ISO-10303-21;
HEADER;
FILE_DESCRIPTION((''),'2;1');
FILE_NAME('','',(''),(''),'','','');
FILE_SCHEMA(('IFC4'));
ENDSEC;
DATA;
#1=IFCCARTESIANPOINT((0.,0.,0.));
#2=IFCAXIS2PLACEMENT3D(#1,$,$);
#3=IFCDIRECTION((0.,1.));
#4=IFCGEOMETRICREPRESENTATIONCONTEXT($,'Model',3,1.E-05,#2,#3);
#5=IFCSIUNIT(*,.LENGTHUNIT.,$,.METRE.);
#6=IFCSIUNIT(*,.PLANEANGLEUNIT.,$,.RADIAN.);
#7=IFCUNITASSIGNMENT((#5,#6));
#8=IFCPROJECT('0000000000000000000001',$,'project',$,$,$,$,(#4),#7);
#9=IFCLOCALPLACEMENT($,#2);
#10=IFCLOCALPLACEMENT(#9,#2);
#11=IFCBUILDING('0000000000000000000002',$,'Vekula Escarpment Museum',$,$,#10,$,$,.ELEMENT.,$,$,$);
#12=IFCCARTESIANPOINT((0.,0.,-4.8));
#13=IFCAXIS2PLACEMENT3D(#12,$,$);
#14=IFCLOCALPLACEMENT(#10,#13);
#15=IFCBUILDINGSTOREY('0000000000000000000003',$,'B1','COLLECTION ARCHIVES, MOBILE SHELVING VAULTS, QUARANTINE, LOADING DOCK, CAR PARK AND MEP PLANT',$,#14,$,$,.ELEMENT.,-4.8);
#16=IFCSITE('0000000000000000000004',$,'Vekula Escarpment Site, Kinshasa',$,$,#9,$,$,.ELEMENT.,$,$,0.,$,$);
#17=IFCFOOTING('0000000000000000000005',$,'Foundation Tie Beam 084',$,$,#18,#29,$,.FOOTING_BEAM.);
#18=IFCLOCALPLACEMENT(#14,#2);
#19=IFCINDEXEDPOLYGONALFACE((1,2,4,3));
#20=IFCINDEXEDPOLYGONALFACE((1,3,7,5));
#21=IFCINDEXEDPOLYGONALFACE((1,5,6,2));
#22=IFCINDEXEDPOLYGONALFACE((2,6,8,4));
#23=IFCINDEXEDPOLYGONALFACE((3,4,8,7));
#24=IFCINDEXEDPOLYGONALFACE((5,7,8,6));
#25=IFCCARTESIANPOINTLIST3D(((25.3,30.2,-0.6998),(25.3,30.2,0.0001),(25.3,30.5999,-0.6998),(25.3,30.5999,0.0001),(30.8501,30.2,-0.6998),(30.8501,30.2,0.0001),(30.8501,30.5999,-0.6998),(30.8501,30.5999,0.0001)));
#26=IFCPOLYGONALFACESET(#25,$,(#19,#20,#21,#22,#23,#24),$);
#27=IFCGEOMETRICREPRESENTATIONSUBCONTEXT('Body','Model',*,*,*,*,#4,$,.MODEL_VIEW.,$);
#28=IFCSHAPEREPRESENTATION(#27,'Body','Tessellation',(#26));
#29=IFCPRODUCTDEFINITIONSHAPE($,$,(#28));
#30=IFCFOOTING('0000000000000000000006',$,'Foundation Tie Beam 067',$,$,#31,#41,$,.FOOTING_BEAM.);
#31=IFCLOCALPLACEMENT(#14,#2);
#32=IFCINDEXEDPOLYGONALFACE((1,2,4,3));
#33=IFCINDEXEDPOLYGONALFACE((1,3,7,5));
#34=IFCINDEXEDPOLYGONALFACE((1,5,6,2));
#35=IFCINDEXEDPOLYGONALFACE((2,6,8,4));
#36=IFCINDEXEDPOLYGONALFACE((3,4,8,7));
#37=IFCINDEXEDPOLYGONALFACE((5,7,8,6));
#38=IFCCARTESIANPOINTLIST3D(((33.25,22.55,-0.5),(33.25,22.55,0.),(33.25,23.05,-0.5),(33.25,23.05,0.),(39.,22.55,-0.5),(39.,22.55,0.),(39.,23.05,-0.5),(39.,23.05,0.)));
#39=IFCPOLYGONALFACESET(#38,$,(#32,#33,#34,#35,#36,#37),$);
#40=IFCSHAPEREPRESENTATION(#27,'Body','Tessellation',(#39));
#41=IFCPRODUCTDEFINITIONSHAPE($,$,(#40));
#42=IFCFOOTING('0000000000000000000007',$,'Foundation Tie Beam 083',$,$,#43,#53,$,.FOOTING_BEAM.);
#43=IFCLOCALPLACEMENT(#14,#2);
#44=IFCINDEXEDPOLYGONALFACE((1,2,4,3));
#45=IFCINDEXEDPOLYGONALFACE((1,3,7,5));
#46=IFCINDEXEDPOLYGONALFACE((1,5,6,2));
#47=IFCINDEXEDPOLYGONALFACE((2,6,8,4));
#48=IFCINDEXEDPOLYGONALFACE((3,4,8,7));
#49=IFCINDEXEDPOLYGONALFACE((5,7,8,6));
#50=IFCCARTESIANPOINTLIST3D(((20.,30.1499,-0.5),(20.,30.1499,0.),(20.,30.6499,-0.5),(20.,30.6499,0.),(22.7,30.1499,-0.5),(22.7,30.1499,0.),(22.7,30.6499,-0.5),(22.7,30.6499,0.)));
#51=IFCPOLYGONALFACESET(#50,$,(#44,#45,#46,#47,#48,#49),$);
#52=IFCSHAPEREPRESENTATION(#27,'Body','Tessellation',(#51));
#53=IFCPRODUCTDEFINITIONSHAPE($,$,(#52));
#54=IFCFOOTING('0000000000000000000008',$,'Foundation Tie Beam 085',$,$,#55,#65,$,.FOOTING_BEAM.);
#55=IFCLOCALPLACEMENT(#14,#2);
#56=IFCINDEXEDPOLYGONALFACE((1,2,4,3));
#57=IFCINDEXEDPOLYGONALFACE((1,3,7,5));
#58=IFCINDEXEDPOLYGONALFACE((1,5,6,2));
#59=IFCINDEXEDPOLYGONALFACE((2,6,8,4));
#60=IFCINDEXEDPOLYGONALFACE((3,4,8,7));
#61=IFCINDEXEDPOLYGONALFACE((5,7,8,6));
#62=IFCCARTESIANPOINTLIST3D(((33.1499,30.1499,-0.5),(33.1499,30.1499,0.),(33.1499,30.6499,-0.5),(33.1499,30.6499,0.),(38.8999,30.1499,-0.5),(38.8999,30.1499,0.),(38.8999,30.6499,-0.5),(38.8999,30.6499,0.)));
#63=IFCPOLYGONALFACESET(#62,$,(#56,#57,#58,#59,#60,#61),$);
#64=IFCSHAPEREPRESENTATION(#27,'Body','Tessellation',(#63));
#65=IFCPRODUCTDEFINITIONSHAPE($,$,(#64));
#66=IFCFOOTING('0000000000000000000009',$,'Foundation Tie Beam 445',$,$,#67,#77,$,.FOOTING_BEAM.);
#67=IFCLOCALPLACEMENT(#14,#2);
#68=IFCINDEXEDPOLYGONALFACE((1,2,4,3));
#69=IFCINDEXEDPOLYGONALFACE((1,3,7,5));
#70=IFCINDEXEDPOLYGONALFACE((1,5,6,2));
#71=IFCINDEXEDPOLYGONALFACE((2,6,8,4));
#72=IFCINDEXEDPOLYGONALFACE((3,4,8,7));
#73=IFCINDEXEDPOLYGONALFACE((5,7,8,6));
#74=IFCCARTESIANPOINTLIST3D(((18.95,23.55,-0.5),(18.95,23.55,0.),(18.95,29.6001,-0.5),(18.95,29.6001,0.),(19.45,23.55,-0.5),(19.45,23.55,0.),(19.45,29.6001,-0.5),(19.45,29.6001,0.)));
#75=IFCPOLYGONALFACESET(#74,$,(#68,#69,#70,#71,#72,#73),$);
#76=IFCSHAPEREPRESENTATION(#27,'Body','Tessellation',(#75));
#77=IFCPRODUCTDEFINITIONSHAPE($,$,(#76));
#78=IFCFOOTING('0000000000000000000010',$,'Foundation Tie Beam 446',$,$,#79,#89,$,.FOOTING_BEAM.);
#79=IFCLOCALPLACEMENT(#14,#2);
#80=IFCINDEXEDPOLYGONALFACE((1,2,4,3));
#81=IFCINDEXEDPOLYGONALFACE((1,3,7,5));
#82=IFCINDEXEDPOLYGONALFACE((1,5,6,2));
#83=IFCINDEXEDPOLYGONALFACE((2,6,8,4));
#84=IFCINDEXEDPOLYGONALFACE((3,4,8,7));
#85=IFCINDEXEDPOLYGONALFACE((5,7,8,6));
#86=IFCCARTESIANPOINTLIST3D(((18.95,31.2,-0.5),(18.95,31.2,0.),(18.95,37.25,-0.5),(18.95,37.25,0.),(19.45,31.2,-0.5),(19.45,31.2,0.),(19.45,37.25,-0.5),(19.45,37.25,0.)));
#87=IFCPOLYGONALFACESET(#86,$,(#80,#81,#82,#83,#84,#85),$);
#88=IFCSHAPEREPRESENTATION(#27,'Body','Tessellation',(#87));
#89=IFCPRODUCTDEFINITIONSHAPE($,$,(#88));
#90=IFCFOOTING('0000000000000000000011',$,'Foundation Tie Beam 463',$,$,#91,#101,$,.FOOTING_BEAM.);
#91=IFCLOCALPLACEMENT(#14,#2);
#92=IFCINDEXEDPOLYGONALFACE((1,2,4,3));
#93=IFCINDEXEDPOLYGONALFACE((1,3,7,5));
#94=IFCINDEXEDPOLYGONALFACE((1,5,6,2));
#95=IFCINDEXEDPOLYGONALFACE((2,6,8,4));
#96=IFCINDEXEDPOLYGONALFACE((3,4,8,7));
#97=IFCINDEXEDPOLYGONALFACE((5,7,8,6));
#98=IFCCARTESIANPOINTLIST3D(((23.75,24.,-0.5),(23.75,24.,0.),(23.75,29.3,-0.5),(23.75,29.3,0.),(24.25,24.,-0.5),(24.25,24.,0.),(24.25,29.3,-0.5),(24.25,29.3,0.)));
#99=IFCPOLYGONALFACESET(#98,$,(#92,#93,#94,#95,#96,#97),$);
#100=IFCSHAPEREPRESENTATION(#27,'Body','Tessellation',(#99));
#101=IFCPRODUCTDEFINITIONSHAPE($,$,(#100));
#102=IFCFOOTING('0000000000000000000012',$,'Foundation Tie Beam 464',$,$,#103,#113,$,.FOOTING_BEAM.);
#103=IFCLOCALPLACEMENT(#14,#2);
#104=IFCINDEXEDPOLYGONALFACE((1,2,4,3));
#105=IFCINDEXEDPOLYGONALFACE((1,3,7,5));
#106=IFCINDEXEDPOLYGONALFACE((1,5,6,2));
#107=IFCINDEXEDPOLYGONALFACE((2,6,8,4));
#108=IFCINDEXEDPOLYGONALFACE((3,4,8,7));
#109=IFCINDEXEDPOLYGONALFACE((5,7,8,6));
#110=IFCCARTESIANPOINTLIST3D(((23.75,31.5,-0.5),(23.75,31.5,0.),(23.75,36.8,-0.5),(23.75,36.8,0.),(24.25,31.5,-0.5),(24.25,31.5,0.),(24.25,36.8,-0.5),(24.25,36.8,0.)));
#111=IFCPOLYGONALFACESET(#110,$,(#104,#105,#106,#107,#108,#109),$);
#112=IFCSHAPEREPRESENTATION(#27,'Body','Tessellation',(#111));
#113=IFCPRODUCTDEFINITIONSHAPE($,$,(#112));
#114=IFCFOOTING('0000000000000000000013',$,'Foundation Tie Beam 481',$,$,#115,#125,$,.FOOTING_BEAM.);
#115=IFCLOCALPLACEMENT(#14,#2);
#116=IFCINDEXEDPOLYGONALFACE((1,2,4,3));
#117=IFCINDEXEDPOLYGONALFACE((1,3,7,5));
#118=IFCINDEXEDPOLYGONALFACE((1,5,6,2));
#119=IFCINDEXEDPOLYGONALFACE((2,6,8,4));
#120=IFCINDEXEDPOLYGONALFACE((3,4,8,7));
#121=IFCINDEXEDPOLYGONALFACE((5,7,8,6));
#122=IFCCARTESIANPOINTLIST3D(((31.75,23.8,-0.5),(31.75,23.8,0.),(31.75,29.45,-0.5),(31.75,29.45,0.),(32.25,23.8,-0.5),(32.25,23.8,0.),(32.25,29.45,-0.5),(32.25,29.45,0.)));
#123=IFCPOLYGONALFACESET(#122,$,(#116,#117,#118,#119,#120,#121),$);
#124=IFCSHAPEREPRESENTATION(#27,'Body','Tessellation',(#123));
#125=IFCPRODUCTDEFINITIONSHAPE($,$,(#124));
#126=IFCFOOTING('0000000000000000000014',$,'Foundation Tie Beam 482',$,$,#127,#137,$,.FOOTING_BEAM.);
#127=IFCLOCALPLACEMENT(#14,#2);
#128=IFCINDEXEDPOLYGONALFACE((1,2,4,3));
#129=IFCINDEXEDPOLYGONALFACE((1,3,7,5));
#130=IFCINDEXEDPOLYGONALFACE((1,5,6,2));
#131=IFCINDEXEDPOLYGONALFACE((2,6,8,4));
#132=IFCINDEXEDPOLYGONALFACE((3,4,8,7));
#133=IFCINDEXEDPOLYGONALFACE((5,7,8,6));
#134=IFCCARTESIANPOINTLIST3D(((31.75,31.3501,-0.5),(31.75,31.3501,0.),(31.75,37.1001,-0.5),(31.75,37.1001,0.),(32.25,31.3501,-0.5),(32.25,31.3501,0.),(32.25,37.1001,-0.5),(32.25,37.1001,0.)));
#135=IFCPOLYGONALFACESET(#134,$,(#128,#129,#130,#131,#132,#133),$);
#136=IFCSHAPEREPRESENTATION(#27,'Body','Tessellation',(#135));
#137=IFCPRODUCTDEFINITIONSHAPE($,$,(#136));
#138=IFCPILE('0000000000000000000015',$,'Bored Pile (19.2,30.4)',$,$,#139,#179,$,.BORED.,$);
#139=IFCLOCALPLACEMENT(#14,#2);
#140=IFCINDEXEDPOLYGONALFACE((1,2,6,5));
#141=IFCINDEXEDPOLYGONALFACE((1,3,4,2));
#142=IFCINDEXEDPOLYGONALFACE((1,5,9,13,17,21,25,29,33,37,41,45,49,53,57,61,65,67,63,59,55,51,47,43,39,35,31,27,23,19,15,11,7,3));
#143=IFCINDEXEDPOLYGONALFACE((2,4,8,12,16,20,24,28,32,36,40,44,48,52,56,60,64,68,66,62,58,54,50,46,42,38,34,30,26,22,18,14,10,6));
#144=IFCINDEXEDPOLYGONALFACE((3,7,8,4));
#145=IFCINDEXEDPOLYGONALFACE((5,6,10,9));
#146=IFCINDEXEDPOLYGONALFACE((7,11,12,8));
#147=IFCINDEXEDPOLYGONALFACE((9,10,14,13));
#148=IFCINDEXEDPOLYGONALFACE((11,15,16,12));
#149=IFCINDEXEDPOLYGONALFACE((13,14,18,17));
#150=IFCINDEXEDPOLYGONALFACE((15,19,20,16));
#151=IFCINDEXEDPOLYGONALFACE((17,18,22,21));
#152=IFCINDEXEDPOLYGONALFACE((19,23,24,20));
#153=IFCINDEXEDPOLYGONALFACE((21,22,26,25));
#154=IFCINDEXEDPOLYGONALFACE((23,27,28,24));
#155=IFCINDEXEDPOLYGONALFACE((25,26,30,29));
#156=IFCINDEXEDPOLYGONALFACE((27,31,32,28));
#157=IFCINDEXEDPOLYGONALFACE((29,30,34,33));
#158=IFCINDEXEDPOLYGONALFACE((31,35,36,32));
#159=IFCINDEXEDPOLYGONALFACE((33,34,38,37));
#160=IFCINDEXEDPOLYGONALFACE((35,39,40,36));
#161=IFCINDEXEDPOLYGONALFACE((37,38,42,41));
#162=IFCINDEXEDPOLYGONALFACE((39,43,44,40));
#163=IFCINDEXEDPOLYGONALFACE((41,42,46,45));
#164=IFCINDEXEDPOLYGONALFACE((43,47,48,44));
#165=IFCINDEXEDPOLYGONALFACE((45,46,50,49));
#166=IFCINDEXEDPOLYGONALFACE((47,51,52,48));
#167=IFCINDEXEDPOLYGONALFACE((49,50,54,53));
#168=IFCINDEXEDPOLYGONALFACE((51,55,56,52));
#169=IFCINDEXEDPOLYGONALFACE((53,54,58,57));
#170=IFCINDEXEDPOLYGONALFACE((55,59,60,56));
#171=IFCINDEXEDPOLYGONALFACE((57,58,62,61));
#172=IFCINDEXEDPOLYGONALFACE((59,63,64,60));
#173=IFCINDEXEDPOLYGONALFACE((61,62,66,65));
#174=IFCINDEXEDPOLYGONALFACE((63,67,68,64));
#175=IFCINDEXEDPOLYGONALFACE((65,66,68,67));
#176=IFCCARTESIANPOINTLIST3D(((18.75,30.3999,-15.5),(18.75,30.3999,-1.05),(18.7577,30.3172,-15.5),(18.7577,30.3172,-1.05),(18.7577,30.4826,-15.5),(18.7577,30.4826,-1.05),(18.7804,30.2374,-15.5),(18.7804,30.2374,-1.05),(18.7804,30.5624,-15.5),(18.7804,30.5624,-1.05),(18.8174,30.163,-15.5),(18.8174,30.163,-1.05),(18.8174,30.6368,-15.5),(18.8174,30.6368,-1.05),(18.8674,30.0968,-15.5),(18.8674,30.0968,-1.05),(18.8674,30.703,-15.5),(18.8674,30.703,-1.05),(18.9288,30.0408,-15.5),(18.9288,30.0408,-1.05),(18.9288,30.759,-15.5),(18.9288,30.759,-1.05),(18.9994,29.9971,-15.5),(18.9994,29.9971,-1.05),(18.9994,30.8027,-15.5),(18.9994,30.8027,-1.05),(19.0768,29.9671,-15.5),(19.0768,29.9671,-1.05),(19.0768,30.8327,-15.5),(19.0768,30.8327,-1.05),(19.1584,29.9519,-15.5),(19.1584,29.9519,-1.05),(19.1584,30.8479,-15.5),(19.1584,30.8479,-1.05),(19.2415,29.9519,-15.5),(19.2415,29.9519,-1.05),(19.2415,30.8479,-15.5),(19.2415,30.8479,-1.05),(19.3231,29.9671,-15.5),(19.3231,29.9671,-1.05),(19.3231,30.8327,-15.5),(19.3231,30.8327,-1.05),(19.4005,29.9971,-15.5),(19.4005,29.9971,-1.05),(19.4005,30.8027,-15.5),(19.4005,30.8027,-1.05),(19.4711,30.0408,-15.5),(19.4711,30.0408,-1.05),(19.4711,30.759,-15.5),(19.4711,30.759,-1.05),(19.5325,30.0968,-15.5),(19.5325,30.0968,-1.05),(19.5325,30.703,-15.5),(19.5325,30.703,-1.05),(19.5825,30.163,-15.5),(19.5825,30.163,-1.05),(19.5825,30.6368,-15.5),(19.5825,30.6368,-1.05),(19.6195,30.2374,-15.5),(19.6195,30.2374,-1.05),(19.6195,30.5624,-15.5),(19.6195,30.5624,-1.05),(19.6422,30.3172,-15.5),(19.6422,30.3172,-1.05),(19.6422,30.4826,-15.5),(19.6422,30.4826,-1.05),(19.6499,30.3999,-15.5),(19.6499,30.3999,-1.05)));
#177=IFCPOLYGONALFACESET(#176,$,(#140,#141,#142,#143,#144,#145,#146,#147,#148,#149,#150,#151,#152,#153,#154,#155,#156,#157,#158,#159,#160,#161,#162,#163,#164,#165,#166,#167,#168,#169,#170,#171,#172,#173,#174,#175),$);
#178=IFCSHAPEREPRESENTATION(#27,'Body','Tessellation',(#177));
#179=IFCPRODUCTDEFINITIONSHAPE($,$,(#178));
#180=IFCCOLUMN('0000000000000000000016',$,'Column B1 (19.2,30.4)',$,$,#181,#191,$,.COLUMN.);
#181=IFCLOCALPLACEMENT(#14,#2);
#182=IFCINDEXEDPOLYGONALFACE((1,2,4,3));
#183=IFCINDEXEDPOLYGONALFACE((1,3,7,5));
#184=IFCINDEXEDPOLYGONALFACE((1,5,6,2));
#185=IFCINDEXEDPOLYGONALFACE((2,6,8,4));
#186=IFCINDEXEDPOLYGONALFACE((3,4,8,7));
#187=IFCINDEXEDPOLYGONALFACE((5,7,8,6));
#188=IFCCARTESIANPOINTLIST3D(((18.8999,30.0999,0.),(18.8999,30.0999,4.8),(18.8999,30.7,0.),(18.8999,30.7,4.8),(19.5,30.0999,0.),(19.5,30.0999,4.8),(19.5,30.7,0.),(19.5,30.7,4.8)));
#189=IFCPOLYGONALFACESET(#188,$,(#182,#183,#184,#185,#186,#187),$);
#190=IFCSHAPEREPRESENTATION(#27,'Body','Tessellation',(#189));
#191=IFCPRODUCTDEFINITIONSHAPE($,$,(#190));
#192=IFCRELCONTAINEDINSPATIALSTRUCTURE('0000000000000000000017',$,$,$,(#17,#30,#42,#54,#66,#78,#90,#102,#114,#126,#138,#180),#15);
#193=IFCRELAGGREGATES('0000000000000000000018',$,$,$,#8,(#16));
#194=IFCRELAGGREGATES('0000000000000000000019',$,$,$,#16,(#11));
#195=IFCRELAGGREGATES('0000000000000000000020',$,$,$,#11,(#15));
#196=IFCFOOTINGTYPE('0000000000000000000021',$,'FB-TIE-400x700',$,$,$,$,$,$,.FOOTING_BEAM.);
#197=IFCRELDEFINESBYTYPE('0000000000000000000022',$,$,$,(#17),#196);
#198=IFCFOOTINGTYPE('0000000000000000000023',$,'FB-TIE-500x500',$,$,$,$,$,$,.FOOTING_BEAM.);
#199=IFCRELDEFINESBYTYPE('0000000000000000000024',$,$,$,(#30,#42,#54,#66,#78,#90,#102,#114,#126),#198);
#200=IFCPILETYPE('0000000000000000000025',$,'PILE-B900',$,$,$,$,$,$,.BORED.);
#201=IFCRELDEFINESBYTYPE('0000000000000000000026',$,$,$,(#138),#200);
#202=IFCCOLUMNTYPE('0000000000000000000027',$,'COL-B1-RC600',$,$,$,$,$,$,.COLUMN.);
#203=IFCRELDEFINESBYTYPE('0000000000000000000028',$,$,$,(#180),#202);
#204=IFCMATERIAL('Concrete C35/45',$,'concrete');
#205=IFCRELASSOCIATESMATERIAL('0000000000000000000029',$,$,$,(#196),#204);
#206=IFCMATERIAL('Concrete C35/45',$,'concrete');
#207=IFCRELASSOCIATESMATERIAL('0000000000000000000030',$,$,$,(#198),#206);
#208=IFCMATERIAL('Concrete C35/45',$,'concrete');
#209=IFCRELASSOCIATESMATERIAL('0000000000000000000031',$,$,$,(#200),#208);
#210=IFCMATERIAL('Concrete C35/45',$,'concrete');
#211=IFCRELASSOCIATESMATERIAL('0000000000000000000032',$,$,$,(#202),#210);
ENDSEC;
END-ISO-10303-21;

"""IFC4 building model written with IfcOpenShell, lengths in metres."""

from ifc_helpers import new_model, si_unit, direction, frame, origin, origin_2d, place, context, subcontext, project, spatial, rectangle, circle, extrude, material, material_profile, profile_set, type_object, element, save


model = new_model("IFC4")

# Units and contexts
model_context = context("Model", 3, precision=1e-05, world=origin(), true_north=direction((0.0, 1.0)))
body_context = subcontext(model_context, "Body", "Model", "MODEL_VIEW")
ifc_project = project(units=[si_unit("LENGTHUNIT", "METRE"), si_unit("PLANEANGLEUNIT", "RADIAN")], contexts=[model_context])

# Site, building, storey
site_placement = place(None, origin())
site = spatial("IfcSite", under=ifc_project, at=site_placement, Name="Vekula Escarpment Site, Kinshasa", CompositionType="ELEMENT", RefElevation=0.0)
building_placement = place(site_placement, origin())
building = spatial("IfcBuilding", under=site, at=building_placement, Name="Vekula Escarpment Museum", CompositionType="ELEMENT")
storey_placement = place(building_placement, frame((0.0, 0.0, -4.8)))
storey = spatial("IfcBuildingStorey", under=building, at=storey_placement, Name="B1", Description="COLLECTION ARCHIVES, MOBILE SHELVING VAULTS, QUARANTINE, LOADING DOCK, CAR PARK AND MEP PLANT", CompositionType="ELEMENT", Elevation=-4.8)

# Footings
ifc_material_1 = material(Name="Concrete C35/45", Category="concrete")
ifc_material_profile_1 = material_profile(ifc_material_1, rectangle(XDim=0.3999, YDim=0.7, at=origin_2d()), Name="RC 400x700")
ifc_profile_set_1 = profile_set([ifc_material_profile_1], Name="Concrete C35/45")
footing_type_1 = type_object("IfcFootingType", Name="FB-TIE-400x700", PredefinedType="FOOTING_BEAM", material=ifc_profile_set_1)
footing_1_placement = place(storey_placement, frame((25.3, 30.3999, -0.3499), z_axis=(1.0, 0.0, 0.0), x_axis=(0.0, 1.0, 0.0)))
element("IfcFooting", 1, at=footing_1_placement, inside=storey, type_object=footing_type_1, Name="Foundation Tie Beam 084", PredefinedType="FOOTING_BEAM", context=body_context, shape_type="SweptSolid", body=[
    extrude(rectangle(XDim=0.3999, YDim=0.7, at=origin_2d()), origin(), (0.0, 0.0, 1.0), 5.55),
])
ifc_material_2 = material(Name="Concrete C35/45", Category="concrete")
ifc_material_profile_2 = material_profile(ifc_material_2, rectangle(XDim=0.5, YDim=0.5, at=origin_2d()), Name="RC 500x500")
ifc_profile_set_2 = profile_set([ifc_material_profile_2], Name="Concrete C35/45")
footing_type_2 = type_object("IfcFootingType", Name="FB-TIE-500x500", PredefinedType="FOOTING_BEAM", material=ifc_profile_set_2)
footing_2_placement = place(storey_placement, frame((33.25, 22.8, -0.25), z_axis=(1.0, 0.0, 0.0), x_axis=(0.0, 1.0, 0.0)))
element("IfcFooting", 2, at=footing_2_placement, inside=storey, type_object=footing_type_2, Name="Foundation Tie Beam 067", PredefinedType="FOOTING_BEAM", context=body_context, shape_type="SweptSolid", body=[
    extrude(rectangle(XDim=0.5, YDim=0.5, at=origin_2d()), origin(), (0.0, 0.0, 1.0), 5.75),
])
footing_3_placement = place(storey_placement, frame((20.0, 30.3999, -0.25), z_axis=(1.0, 0.0, 0.0), x_axis=(0.0, 1.0, 0.0)))
element("IfcFooting", 3, at=footing_3_placement, inside=storey, type_object=footing_type_2, Name="Foundation Tie Beam 083", PredefinedType="FOOTING_BEAM", context=body_context, shape_type="SweptSolid", body=[
    extrude(rectangle(XDim=0.5, YDim=0.5, at=origin_2d()), origin(), (0.0, 0.0, 1.0), 2.7),
])
footing_4_placement = place(storey_placement, frame((33.1499, 30.3999, -0.25), z_axis=(1.0, 0.0, 0.0), x_axis=(0.0, 1.0, 0.0)))
element("IfcFooting", 4, at=footing_4_placement, inside=storey, type_object=footing_type_2, Name="Foundation Tie Beam 085", PredefinedType="FOOTING_BEAM", context=body_context, shape_type="SweptSolid", body=[
    extrude(rectangle(XDim=0.5, YDim=0.5, at=origin_2d()), origin(), (0.0, 0.0, 1.0), 5.75),
])
for number, where, z_axis, x_axis, name in (
    (5, (19.2, 23.55, -0.25), (0.0, 1.0, 0.0), (-1.0, 0.0, 0.0), "Foundation Tie Beam 445"),
    (6, (19.2, 31.2, -0.25), (0.0, 1.0, 0.0), (-1.0, 0.0, 0.0), "Foundation Tie Beam 446"),
):
    element("IfcFooting", number, at=place(storey_placement, frame(where, z_axis=z_axis, x_axis=x_axis)), inside=storey, type_object=footing_type_2, Name=name, PredefinedType="FOOTING_BEAM", context=body_context, shape_type="SweptSolid", body=[
        extrude(rectangle(XDim=0.5, YDim=0.5, at=origin_2d()), origin(), (0.0, 0.0, 1.0), 6.05),
    ])
for number, where, z_axis, x_axis, name in (
    (7, (24.0, 24.0, -0.25), (0.0, 1.0, 0.0), (-1.0, 0.0, 0.0), "Foundation Tie Beam 463"),
    (8, (24.0, 31.5, -0.25), (0.0, 1.0, 0.0), (-1.0, 0.0, 0.0), "Foundation Tie Beam 464"),
):
    element("IfcFooting", number, at=place(storey_placement, frame(where, z_axis=z_axis, x_axis=x_axis)), inside=storey, type_object=footing_type_2, Name=name, PredefinedType="FOOTING_BEAM", context=body_context, shape_type="SweptSolid", body=[
        extrude(rectangle(XDim=0.5, YDim=0.5, at=origin_2d()), origin(), (0.0, 0.0, 1.0), 5.3),
    ])
footing_5_placement = place(storey_placement, frame((32.0, 23.8, -0.25), z_axis=(0.0, 1.0, 0.0), x_axis=(-1.0, 0.0, 0.0)))
element("IfcFooting", 9, at=footing_5_placement, inside=storey, type_object=footing_type_2, Name="Foundation Tie Beam 481", PredefinedType="FOOTING_BEAM", context=body_context, shape_type="SweptSolid", body=[
    extrude(rectangle(XDim=0.5, YDim=0.5, at=origin_2d()), origin(), (0.0, 0.0, 1.0), 5.6499),
])
footing_6_placement = place(storey_placement, frame((32.0, 31.3501, -0.25), z_axis=(0.0, 1.0, 0.0), x_axis=(-1.0, 0.0, 0.0)))
element("IfcFooting", 10, at=footing_6_placement, inside=storey, type_object=footing_type_2, Name="Foundation Tie Beam 482", PredefinedType="FOOTING_BEAM", context=body_context, shape_type="SweptSolid", body=[
    extrude(rectangle(XDim=0.5, YDim=0.5, at=origin_2d()), origin(), (0.0, 0.0, 1.0), 5.75),
])

# Pile
ifc_material_3 = material(Name="Concrete C35/45", Category="concrete")
ifc_material_profile_3 = material_profile(ifc_material_3, circle(Radius=0.45, at=origin_2d()), Name="BORED PILE 900")
ifc_profile_set_3 = profile_set([ifc_material_profile_3], Name="Concrete C35/45")
pile_type = type_object("IfcPileType", Name="PILE-B900", PredefinedType="BORED", material=ifc_profile_set_3)
pile_placement = place(storey_placement, frame((19.2, 30.3999, -1.05), z_axis=(0.0, 0.0, -1.0), x_axis=(1.0, 0.0, 0.0)))
element("IfcPile", 11, at=pile_placement, inside=storey, type_object=pile_type, Name="Bored Pile (19.2,30.4)", PredefinedType="BORED", context=body_context, shape_type="SweptSolid", body=[
    extrude(circle(Radius=0.45, at=origin_2d()), origin(), (0.0, 0.0, 1.0), 14.45),
])

# Column
ifc_material_4 = material(Name="Concrete C35/45", Category="concrete")
ifc_material_profile_4 = material_profile(ifc_material_4, rectangle(XDim=0.6001, YDim=0.6001, at=origin_2d()), Name="RC 600x600")
ifc_profile_set_4 = profile_set([ifc_material_profile_4], Name="Concrete C35/45")
column_type_1 = type_object("IfcColumnType", Name="COL-B1-RC600", PredefinedType="COLUMN", material=ifc_profile_set_4)
column_placement = place(storey_placement, frame((19.2, 30.3999, 0.0), z_axis=(0.0, 0.0, 1.0), x_axis=(1.0, 0.0, 0.0)))
element("IfcColumn", 12, at=column_placement, inside=storey, type_object=column_type_1, Name="Column B1 (19.2,30.4)", PredefinedType="COLUMN", context=body_context, shape_type="SweptSolid", body=[
    extrude(rectangle(XDim=0.6001, YDim=0.6001, at=origin_2d()), origin(), (0.0, 0.0, 1.0), 4.8),
])

save(model, "model.ifc")
